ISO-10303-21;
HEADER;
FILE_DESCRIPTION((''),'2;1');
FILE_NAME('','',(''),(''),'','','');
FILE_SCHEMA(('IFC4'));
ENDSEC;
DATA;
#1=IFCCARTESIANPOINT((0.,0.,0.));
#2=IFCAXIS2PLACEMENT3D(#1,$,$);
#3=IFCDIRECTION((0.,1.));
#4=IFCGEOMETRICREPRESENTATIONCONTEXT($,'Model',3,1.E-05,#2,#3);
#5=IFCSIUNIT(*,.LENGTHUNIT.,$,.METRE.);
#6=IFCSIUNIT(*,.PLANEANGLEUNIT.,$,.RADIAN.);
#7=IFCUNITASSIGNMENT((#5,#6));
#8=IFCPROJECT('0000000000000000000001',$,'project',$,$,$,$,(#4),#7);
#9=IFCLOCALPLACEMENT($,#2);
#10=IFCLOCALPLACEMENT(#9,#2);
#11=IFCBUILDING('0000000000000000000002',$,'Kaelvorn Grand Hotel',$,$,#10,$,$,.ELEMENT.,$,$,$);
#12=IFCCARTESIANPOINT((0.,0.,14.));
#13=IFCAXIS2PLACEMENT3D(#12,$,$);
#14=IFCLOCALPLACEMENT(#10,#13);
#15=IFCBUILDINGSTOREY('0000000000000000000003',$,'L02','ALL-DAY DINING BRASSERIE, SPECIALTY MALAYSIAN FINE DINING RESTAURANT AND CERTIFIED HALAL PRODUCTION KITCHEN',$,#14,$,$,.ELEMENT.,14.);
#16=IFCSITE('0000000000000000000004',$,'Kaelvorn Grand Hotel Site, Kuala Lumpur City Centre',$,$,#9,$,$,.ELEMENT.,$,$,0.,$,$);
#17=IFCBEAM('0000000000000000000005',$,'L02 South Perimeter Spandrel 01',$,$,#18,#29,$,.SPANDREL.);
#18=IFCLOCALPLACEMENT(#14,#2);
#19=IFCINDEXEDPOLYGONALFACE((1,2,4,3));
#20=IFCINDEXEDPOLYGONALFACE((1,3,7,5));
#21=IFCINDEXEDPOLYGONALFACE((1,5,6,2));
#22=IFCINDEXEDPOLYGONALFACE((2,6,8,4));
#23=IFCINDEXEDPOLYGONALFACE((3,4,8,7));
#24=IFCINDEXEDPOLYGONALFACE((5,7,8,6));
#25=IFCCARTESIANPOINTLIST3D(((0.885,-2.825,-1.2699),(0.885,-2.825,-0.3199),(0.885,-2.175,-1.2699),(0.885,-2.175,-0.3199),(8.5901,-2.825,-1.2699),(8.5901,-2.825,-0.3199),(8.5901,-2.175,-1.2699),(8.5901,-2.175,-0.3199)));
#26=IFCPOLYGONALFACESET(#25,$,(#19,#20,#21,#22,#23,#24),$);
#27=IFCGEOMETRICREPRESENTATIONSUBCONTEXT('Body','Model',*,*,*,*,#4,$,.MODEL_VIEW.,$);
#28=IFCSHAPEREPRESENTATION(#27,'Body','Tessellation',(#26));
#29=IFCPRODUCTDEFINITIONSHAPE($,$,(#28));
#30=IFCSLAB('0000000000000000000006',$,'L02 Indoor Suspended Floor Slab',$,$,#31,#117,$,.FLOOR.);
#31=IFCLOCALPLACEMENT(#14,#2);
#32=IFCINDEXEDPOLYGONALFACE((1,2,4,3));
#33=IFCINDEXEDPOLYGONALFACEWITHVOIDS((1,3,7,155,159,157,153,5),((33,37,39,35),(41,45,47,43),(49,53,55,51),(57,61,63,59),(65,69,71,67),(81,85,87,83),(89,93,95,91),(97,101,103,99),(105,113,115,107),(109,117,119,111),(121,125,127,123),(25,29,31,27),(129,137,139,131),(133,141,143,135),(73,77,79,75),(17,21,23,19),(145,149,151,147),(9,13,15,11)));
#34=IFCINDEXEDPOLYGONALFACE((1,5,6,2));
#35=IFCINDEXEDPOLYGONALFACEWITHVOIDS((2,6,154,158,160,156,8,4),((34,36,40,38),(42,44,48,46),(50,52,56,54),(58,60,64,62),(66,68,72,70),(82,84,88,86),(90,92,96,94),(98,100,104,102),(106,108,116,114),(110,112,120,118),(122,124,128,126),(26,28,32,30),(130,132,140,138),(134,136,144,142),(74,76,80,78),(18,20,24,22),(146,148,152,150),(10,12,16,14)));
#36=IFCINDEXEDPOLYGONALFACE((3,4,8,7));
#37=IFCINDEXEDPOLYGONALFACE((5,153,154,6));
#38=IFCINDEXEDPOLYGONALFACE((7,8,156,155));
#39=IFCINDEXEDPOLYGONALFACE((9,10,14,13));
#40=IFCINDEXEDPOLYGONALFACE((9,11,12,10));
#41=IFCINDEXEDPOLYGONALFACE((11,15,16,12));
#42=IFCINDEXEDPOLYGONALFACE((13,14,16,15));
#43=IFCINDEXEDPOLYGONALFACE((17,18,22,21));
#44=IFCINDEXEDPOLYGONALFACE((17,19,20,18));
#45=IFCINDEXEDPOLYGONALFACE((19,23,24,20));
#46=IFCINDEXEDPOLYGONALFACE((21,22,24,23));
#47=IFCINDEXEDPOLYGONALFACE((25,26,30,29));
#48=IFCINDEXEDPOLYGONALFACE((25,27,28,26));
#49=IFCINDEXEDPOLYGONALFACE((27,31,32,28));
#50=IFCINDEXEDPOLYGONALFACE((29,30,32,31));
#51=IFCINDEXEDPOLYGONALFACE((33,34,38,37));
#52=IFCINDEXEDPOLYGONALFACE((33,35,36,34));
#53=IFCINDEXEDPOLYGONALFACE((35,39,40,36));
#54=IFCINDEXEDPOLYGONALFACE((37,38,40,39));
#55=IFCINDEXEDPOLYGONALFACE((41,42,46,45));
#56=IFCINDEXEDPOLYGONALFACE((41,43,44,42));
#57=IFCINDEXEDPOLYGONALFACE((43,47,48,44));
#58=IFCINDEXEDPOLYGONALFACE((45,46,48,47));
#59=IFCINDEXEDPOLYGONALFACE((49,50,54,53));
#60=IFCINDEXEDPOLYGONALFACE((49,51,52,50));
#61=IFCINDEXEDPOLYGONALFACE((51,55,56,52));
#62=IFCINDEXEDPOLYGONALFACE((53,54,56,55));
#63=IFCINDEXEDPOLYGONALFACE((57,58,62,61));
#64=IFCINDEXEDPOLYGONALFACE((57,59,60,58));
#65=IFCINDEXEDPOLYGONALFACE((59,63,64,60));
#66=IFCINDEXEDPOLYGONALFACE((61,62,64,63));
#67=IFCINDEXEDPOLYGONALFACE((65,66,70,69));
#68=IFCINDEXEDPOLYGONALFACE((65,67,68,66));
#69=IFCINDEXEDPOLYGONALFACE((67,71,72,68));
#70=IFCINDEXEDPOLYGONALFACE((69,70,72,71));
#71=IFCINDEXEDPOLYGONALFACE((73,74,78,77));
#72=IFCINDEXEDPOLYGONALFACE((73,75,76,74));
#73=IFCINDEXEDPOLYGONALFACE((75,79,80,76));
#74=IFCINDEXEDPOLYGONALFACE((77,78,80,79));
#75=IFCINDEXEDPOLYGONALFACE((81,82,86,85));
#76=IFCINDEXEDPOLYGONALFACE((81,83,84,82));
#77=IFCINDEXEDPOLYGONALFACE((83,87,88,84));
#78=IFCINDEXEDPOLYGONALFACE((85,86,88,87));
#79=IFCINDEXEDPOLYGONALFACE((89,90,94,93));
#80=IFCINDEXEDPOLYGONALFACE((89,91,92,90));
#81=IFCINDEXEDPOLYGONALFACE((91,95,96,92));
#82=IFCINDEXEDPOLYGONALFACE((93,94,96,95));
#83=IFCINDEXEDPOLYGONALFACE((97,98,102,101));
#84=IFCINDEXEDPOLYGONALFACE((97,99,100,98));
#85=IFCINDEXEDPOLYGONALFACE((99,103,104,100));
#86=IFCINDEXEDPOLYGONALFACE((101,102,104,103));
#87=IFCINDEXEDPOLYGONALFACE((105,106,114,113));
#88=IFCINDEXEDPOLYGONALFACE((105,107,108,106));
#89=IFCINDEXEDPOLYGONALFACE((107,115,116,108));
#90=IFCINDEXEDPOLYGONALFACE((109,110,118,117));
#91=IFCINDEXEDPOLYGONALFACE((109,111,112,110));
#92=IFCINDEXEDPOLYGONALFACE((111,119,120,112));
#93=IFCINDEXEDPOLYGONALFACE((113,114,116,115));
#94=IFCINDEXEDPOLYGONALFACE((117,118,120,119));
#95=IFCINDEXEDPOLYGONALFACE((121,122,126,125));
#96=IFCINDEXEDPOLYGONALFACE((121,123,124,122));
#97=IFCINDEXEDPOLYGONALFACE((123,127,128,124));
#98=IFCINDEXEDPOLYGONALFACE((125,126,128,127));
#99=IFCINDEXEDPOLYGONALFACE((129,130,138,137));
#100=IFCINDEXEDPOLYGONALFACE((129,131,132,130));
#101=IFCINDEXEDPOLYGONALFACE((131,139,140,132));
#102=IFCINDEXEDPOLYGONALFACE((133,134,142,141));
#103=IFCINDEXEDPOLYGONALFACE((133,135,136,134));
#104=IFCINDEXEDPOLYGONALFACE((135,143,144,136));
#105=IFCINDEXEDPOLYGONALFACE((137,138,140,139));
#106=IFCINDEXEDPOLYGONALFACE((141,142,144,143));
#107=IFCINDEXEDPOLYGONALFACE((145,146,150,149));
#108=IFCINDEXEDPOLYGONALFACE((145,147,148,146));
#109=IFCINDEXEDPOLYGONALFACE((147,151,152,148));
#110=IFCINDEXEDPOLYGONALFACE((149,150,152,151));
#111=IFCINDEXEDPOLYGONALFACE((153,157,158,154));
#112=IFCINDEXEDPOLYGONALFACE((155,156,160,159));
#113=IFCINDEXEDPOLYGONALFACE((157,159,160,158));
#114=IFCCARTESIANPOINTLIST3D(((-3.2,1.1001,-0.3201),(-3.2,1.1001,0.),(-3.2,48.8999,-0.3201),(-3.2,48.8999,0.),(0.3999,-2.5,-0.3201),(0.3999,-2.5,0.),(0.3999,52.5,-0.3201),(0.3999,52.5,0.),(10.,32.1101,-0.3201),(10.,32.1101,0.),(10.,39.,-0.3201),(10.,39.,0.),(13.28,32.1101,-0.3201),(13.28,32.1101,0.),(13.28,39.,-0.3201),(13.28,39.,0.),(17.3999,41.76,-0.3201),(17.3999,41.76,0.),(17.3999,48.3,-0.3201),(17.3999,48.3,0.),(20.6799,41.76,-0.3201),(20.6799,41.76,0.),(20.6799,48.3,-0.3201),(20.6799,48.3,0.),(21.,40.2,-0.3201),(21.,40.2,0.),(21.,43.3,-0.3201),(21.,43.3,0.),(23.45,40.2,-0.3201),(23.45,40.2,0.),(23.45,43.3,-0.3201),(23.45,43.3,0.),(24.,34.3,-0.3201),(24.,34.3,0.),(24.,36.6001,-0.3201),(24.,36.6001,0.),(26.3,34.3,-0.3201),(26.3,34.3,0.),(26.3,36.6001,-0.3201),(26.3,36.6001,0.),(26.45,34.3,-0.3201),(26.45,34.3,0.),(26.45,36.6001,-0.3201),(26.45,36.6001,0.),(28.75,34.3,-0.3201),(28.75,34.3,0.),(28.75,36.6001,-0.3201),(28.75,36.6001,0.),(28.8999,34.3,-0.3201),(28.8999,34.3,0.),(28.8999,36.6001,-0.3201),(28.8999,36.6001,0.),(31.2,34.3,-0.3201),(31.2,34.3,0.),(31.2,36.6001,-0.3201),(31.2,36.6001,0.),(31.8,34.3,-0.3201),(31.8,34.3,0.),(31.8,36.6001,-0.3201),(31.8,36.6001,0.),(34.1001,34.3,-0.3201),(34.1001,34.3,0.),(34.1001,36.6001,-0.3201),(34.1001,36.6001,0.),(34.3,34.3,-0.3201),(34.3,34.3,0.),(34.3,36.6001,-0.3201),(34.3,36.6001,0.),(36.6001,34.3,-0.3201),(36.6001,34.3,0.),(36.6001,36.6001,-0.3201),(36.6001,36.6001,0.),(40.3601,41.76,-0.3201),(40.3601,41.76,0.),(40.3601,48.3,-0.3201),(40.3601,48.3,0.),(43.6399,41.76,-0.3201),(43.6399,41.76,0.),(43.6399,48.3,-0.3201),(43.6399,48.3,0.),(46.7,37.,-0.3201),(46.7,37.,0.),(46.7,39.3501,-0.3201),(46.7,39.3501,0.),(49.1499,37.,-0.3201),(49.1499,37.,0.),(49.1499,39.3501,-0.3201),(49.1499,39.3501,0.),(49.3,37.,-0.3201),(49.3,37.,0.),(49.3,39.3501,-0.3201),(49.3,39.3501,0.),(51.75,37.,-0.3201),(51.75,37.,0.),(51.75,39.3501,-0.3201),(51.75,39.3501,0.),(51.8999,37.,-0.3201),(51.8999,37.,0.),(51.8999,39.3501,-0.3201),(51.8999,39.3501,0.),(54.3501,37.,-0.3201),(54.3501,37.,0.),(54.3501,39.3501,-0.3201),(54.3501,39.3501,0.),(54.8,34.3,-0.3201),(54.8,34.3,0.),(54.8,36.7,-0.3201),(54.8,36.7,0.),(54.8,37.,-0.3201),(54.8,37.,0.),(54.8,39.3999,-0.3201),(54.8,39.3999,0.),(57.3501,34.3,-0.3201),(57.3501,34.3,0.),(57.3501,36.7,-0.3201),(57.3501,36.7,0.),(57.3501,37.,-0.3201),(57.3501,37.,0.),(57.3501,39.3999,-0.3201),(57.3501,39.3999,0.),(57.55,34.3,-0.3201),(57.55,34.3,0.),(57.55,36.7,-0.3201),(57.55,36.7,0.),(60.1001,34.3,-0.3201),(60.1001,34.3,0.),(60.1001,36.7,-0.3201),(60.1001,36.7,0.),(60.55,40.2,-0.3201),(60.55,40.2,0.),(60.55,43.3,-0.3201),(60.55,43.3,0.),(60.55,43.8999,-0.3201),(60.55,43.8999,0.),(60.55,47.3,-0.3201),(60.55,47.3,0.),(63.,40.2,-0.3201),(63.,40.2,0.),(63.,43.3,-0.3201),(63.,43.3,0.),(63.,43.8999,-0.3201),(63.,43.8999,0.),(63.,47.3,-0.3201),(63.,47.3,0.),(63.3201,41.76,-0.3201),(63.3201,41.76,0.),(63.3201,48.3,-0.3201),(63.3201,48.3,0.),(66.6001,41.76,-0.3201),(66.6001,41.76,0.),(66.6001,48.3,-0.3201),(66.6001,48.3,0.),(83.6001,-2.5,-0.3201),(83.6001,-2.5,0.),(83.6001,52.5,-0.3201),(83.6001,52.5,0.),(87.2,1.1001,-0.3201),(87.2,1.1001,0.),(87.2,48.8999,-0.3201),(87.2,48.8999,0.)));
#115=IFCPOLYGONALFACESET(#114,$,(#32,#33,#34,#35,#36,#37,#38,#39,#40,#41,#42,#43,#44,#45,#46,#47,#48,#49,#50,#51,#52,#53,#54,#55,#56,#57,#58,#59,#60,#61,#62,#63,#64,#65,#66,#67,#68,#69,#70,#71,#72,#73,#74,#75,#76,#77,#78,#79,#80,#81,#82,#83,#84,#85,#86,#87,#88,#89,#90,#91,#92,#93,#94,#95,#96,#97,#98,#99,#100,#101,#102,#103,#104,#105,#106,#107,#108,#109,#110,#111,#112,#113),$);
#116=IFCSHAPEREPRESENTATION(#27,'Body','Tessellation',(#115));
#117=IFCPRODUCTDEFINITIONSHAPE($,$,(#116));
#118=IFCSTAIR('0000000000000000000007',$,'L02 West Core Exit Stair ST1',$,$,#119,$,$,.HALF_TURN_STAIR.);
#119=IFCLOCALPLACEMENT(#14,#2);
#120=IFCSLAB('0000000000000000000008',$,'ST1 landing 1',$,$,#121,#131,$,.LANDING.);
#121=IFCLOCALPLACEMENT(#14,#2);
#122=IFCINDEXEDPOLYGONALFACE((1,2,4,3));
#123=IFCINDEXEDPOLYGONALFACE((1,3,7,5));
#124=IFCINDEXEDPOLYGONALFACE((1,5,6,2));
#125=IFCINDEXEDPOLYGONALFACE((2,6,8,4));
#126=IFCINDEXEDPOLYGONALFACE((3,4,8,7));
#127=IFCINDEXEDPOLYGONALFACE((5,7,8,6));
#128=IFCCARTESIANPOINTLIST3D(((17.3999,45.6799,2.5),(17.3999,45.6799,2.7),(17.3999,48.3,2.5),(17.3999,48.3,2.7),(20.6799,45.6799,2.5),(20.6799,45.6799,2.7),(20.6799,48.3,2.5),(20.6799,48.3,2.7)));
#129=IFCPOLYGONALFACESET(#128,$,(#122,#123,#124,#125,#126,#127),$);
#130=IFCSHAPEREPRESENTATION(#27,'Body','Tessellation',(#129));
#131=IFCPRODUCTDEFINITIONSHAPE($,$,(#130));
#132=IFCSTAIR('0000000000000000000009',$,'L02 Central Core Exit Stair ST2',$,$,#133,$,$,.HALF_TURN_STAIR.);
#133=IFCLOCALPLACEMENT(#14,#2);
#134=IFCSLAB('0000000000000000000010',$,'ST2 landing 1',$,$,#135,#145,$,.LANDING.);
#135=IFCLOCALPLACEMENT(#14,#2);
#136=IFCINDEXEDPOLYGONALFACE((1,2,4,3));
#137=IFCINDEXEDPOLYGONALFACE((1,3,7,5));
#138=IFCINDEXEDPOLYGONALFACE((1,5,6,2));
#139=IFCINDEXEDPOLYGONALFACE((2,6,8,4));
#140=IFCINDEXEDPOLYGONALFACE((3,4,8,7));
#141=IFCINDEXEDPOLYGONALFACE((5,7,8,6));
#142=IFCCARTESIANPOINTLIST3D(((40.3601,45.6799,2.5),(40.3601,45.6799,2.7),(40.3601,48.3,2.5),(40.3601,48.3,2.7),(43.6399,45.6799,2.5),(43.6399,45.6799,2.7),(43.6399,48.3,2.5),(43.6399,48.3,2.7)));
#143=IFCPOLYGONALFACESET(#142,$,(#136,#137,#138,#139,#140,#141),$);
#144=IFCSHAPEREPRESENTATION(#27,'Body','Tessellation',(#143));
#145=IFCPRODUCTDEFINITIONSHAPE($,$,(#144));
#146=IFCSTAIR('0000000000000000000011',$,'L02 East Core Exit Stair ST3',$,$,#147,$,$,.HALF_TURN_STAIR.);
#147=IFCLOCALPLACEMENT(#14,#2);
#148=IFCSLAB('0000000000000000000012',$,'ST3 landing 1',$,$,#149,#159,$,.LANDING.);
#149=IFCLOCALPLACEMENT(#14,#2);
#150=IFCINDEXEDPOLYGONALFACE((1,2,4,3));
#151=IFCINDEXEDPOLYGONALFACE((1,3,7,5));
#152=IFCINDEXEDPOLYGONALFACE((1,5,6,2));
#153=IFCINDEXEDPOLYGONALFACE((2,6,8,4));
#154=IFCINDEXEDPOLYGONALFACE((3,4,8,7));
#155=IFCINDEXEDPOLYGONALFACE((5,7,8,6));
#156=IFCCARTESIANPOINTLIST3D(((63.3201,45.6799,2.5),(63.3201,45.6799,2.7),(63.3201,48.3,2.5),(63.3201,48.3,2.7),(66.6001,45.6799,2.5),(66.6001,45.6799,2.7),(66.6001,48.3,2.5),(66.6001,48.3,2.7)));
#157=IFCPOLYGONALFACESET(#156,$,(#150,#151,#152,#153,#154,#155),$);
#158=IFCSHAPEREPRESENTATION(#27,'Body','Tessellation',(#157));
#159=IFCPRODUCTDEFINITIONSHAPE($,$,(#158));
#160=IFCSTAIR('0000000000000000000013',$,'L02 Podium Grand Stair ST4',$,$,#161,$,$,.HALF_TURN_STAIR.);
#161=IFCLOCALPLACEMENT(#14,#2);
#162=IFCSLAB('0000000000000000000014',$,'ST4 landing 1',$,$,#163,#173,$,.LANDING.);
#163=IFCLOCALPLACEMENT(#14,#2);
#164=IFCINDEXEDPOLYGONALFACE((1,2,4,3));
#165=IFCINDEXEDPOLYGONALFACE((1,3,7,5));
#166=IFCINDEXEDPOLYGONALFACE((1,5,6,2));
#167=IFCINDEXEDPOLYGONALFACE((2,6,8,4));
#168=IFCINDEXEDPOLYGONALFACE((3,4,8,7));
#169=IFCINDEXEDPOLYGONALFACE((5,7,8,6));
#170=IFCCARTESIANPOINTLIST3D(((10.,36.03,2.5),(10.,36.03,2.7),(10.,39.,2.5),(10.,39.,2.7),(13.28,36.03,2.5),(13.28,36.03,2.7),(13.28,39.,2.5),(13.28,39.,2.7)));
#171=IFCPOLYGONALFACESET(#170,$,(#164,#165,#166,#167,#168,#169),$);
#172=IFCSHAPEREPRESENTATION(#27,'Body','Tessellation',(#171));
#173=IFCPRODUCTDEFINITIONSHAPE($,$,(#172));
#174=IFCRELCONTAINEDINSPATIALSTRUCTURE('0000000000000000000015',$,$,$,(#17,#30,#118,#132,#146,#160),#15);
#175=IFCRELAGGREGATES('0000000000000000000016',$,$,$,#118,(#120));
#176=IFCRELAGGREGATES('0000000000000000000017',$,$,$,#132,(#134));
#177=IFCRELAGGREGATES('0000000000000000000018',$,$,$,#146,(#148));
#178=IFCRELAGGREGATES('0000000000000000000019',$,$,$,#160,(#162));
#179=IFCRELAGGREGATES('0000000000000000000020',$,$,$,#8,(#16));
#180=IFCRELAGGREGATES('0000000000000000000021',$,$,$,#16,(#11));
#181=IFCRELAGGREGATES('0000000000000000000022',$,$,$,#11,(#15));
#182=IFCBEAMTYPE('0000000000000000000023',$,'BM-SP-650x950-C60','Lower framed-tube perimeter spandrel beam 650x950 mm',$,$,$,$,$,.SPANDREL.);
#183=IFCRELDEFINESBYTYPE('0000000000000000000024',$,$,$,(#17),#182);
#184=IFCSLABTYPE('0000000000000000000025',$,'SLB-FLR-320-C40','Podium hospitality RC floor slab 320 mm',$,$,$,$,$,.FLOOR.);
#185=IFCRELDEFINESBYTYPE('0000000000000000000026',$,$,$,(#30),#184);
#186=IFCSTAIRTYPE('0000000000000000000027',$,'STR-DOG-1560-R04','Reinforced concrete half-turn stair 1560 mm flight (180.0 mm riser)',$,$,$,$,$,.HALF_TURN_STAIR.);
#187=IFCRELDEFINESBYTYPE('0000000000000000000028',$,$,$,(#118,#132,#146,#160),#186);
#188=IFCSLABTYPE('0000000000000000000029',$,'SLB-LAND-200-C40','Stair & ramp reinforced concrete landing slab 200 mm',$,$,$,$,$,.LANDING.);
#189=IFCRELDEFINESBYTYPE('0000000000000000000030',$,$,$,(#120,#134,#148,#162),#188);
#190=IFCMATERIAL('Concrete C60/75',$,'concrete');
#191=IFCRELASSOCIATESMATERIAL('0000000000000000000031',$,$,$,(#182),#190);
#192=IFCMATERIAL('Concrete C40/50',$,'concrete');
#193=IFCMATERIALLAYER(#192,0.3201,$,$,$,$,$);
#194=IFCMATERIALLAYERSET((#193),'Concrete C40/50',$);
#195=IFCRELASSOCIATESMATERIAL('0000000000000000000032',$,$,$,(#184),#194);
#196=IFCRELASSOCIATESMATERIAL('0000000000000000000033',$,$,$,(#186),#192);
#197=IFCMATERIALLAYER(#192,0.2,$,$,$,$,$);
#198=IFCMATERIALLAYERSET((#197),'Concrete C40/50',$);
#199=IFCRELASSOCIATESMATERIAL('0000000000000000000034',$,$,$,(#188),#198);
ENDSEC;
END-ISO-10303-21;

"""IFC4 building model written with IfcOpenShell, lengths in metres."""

from ifc_helpers import new_model, si_unit, direction, frame, origin, origin_2d, place, context, subcontext, project, spatial, polyline, rectangle, outline, extrude, material, layer, layer_set, material_profile, profile_set, type_object, element, aggregate, save


model = new_model("IFC4")

# Units and contexts
model_context = context("Model", 3, precision=1e-05, world=origin(), true_north=direction((0.0, 1.0)))
body_context = subcontext(model_context, "Body", "Model", "MODEL_VIEW")
ifc_project = project(units=[si_unit("LENGTHUNIT", "METRE"), si_unit("PLANEANGLEUNIT", "RADIAN")], contexts=[model_context])

# Site, building, storey
site_placement = place(None, origin())
site = spatial("IfcSite", under=ifc_project, at=site_placement, Name="Kaelvorn Grand Hotel Site, Kuala Lumpur City Centre", CompositionType="ELEMENT", RefElevation=0.0)
building_placement = place(site_placement, origin())
building = spatial("IfcBuilding", under=site, at=building_placement, Name="Kaelvorn Grand Hotel", CompositionType="ELEMENT")
storey_placement = place(building_placement, frame((0.0, 0.0, 14.0)))
storey = spatial("IfcBuildingStorey", under=building, at=storey_placement, Name="L02", Description="ALL-DAY DINING BRASSERIE, SPECIALTY MALAYSIAN FINE DINING RESTAURANT AND CERTIFIED HALAL PRODUCTION KITCHEN", CompositionType="ELEMENT", Elevation=14.0)

# Beam
ifc_material_1 = material(Name="Concrete C60/75", Category="concrete")
ifc_material_profile_1 = material_profile(ifc_material_1, rectangle(XDim=0.6499, YDim=0.95, at=origin_2d()), Name="RC SPANDREL 650x950")
ifc_profile_set_1 = profile_set([ifc_material_profile_1], Name="Concrete C60/75")
beam_type_1 = type_object("IfcBeamType", Name="BM-SP-650x950-C60", Description="Lower framed-tube perimeter spandrel beam 650x950 mm", PredefinedType="SPANDREL", material=ifc_profile_set_1)
beam_1_placement = place(storey_placement, frame((0.885, -2.5, -0.7949), z_axis=(1.0, 0.0, 0.0), x_axis=(0.0, 1.0, 0.0)))
element("IfcBeam", 1, at=beam_1_placement, inside=storey, type_object=beam_type_1, Name="L02 South Perimeter Spandrel 01", PredefinedType="SPANDREL", context=body_context, shape_type="SweptSolid", body=[
    extrude(rectangle(XDim=0.6499, YDim=0.95, at=origin_2d()), origin(), (0.0, 0.0, 1.0), 7.7051),
])

# Slab
ifc_material_2 = material(Name="Concrete C40/50", Category="concrete")
ifc_layer_1 = layer(ifc_material_2, 0.3201)
ifc_layer_set_1 = layer_set([ifc_layer_1], Name="Concrete C40/50")
slab_type_1 = type_object("IfcSlabType", Name="SLB-FLR-320-C40", Description="Podium hospitality RC floor slab 320 mm", PredefinedType="FLOOR", material=ifc_layer_set_1)
slab_1_placement = place(storey_placement, frame((0.0, 0.0, -0.3201)))
element("IfcSlab", 2, at=slab_1_placement, inside=storey, type_object=slab_type_1, Name="L02 Indoor Suspended Floor Slab", PredefinedType="FLOOR", context=body_context, shape_type="SweptSolid", body=[
    extrude(outline(polyline([(0.3999, -2.5), (83.6001, -2.5), (87.2, 1.1001), (87.2, 48.8999), (83.6001, 52.5), (0.3999, 52.5), (-3.2, 48.8999), (-3.2, 1.1001), (0.3999, -2.5)]), holes=[polyline([(17.3999, 41.76), (17.3999, 48.3), (20.6799, 48.3), (20.6799, 41.76), (17.3999, 41.76)]), polyline([(40.3601, 41.76), (40.3601, 48.3), (43.6399, 48.3), (43.6399, 41.76), (40.3601, 41.76)]), polyline([(63.3201, 41.76), (63.3201, 48.3), (66.6001, 48.3), (66.6001, 41.76), (63.3201, 41.76)]), polyline([(10.0, 32.1101), (10.0, 39.0), (13.28, 39.0), (13.28, 32.1101), (10.0, 32.1101)]), polyline([(24.0, 34.3), (24.0, 36.6001), (26.3, 36.6001), (26.3, 34.3), (24.0, 34.3)]), polyline([(26.45, 34.3), (26.45, 36.6001), (28.75, 36.6001), (28.75, 34.3), (26.45, 34.3)]), polyline([(28.8999, 34.3), (28.8999, 36.6001), (31.2, 36.6001), (31.2, 34.3), (28.8999, 34.3)]), polyline([(46.7, 37.0), (46.7, 39.3501), (49.1499, 39.3501), (49.1499, 37.0), (46.7, 37.0)]), polyline([(49.3, 37.0), (49.3, 39.3501), (51.75, 39.3501), (51.75, 37.0), (49.3, 37.0)]), polyline([(51.8999, 37.0), (51.8999, 39.3501), (54.3501, 39.3501), (54.3501, 37.0), (51.8999, 37.0)]), polyline([(54.8, 34.3), (54.8, 36.7), (57.3501, 36.7), (57.3501, 34.3), (54.8, 34.3)]), polyline([(57.55, 34.3), (57.55, 36.7), (60.1001, 36.7), (60.1001, 34.3), (57.55, 34.3)]), polyline([(54.8, 37.0), (54.8, 39.3999), (57.3501, 39.3999), (57.3501, 37.0), (54.8, 37.0)]), polyline([(31.8, 34.3), (31.8, 36.6001), (34.1001, 36.6001), (34.1001, 34.3), (31.8, 34.3)]), polyline([(34.3, 34.3), (34.3, 36.6001), (36.6001, 36.6001), (36.6001, 34.3), (34.3, 34.3)]), polyline([(21.0, 40.2), (21.0, 43.3), (23.45, 43.3), (23.45, 40.2), (21.0, 40.2)]), polyline([(60.55, 40.2), (60.55, 43.3), (63.0, 43.3), (63.0, 40.2), (60.55, 40.2)]), polyline([(60.55, 43.8999), (60.55, 47.3), (63.0, 47.3), (63.0, 43.8999), (60.55, 43.8999)])]), origin(), (0.0, 0.0, 1.0), 0.3201),
])

# Stairs, slabs
stair_type = type_object("IfcStairType", Name="STR-DOG-1560-R04", Description="Reinforced concrete half-turn stair 1560 mm flight (180.0 mm riser)", PredefinedType="HALF_TURN_STAIR", material=ifc_material_2)
stair_1_placement = place(storey_placement, origin())
stair_1 = element("IfcStair", 3, at=stair_1_placement, inside=storey, type_object=stair_type, Name="L02 West Core Exit Stair ST1", PredefinedType="HALF_TURN_STAIR")
ifc_layer_2 = layer(ifc_material_2, 0.2)
ifc_layer_set_2 = layer_set([ifc_layer_2], Name="Concrete C40/50")
slab_type_2 = type_object("IfcSlabType", Name="SLB-LAND-200-C40", Description="Stair & ramp reinforced concrete landing slab 200 mm", PredefinedType="LANDING", material=ifc_layer_set_2)
slab_2_placement = place(storey_placement, frame((0.0, 0.0, 2.5)))
slab_2 = element("IfcSlab", 4, at=slab_2_placement, type_object=slab_type_2, Name="ST1 landing 1", PredefinedType="LANDING", context=body_context, shape_type="SweptSolid", body=[
    extrude(outline(polyline([(20.6799, 45.6799), (20.6799, 48.3), (17.3999, 48.3), (17.3999, 45.6799), (20.6799, 45.6799)])), origin(), (0.0, 0.0, 1.0), 0.2),
])
aggregate(stair_1, [slab_2])
stair_2_placement = place(storey_placement, origin())
stair_2 = element("IfcStair", 5, at=stair_2_placement, inside=storey, type_object=stair_type, Name="L02 Central Core Exit Stair ST2", PredefinedType="HALF_TURN_STAIR")
slab_3_placement = place(storey_placement, frame((0.0, 0.0, 2.5)))
slab_3 = element("IfcSlab", 6, at=slab_3_placement, type_object=slab_type_2, Name="ST2 landing 1", PredefinedType="LANDING", context=body_context, shape_type="SweptSolid", body=[
    extrude(outline(polyline([(43.6399, 45.6799), (43.6399, 48.3), (40.3601, 48.3), (40.3601, 45.6799), (43.6399, 45.6799)])), origin(), (0.0, 0.0, 1.0), 0.2),
])
aggregate(stair_2, [slab_3])
stair_3_placement = place(storey_placement, origin())
stair_3 = element("IfcStair", 7, at=stair_3_placement, inside=storey, type_object=stair_type, Name="L02 East Core Exit Stair ST3", PredefinedType="HALF_TURN_STAIR")
slab_4_placement = place(storey_placement, frame((0.0, 0.0, 2.5)))
slab_4 = element("IfcSlab", 8, at=slab_4_placement, type_object=slab_type_2, Name="ST3 landing 1", PredefinedType="LANDING", context=body_context, shape_type="SweptSolid", body=[
    extrude(outline(polyline([(66.6001, 45.6799), (66.6001, 48.3), (63.3201, 48.3), (63.3201, 45.6799), (66.6001, 45.6799)])), origin(), (0.0, 0.0, 1.0), 0.2),
])
aggregate(stair_3, [slab_4])
stair_4_placement = place(storey_placement, origin())
stair_4 = element("IfcStair", 9, at=stair_4_placement, inside=storey, type_object=stair_type, Name="L02 Podium Grand Stair ST4", PredefinedType="HALF_TURN_STAIR")
slab_5_placement = place(storey_placement, frame((0.0, 0.0, 2.5)))
slab_5 = element("IfcSlab", 10, at=slab_5_placement, type_object=slab_type_2, Name="ST4 landing 1", PredefinedType="LANDING", context=body_context, shape_type="SweptSolid", body=[
    extrude(outline(polyline([(13.28, 36.03), (13.28, 39.0), (10.0, 39.0), (10.0, 36.03), (13.28, 36.03)])), origin(), (0.0, 0.0, 1.0), 0.2),
])
aggregate(stair_4, [slab_5])

save(model, "model.ifc")
